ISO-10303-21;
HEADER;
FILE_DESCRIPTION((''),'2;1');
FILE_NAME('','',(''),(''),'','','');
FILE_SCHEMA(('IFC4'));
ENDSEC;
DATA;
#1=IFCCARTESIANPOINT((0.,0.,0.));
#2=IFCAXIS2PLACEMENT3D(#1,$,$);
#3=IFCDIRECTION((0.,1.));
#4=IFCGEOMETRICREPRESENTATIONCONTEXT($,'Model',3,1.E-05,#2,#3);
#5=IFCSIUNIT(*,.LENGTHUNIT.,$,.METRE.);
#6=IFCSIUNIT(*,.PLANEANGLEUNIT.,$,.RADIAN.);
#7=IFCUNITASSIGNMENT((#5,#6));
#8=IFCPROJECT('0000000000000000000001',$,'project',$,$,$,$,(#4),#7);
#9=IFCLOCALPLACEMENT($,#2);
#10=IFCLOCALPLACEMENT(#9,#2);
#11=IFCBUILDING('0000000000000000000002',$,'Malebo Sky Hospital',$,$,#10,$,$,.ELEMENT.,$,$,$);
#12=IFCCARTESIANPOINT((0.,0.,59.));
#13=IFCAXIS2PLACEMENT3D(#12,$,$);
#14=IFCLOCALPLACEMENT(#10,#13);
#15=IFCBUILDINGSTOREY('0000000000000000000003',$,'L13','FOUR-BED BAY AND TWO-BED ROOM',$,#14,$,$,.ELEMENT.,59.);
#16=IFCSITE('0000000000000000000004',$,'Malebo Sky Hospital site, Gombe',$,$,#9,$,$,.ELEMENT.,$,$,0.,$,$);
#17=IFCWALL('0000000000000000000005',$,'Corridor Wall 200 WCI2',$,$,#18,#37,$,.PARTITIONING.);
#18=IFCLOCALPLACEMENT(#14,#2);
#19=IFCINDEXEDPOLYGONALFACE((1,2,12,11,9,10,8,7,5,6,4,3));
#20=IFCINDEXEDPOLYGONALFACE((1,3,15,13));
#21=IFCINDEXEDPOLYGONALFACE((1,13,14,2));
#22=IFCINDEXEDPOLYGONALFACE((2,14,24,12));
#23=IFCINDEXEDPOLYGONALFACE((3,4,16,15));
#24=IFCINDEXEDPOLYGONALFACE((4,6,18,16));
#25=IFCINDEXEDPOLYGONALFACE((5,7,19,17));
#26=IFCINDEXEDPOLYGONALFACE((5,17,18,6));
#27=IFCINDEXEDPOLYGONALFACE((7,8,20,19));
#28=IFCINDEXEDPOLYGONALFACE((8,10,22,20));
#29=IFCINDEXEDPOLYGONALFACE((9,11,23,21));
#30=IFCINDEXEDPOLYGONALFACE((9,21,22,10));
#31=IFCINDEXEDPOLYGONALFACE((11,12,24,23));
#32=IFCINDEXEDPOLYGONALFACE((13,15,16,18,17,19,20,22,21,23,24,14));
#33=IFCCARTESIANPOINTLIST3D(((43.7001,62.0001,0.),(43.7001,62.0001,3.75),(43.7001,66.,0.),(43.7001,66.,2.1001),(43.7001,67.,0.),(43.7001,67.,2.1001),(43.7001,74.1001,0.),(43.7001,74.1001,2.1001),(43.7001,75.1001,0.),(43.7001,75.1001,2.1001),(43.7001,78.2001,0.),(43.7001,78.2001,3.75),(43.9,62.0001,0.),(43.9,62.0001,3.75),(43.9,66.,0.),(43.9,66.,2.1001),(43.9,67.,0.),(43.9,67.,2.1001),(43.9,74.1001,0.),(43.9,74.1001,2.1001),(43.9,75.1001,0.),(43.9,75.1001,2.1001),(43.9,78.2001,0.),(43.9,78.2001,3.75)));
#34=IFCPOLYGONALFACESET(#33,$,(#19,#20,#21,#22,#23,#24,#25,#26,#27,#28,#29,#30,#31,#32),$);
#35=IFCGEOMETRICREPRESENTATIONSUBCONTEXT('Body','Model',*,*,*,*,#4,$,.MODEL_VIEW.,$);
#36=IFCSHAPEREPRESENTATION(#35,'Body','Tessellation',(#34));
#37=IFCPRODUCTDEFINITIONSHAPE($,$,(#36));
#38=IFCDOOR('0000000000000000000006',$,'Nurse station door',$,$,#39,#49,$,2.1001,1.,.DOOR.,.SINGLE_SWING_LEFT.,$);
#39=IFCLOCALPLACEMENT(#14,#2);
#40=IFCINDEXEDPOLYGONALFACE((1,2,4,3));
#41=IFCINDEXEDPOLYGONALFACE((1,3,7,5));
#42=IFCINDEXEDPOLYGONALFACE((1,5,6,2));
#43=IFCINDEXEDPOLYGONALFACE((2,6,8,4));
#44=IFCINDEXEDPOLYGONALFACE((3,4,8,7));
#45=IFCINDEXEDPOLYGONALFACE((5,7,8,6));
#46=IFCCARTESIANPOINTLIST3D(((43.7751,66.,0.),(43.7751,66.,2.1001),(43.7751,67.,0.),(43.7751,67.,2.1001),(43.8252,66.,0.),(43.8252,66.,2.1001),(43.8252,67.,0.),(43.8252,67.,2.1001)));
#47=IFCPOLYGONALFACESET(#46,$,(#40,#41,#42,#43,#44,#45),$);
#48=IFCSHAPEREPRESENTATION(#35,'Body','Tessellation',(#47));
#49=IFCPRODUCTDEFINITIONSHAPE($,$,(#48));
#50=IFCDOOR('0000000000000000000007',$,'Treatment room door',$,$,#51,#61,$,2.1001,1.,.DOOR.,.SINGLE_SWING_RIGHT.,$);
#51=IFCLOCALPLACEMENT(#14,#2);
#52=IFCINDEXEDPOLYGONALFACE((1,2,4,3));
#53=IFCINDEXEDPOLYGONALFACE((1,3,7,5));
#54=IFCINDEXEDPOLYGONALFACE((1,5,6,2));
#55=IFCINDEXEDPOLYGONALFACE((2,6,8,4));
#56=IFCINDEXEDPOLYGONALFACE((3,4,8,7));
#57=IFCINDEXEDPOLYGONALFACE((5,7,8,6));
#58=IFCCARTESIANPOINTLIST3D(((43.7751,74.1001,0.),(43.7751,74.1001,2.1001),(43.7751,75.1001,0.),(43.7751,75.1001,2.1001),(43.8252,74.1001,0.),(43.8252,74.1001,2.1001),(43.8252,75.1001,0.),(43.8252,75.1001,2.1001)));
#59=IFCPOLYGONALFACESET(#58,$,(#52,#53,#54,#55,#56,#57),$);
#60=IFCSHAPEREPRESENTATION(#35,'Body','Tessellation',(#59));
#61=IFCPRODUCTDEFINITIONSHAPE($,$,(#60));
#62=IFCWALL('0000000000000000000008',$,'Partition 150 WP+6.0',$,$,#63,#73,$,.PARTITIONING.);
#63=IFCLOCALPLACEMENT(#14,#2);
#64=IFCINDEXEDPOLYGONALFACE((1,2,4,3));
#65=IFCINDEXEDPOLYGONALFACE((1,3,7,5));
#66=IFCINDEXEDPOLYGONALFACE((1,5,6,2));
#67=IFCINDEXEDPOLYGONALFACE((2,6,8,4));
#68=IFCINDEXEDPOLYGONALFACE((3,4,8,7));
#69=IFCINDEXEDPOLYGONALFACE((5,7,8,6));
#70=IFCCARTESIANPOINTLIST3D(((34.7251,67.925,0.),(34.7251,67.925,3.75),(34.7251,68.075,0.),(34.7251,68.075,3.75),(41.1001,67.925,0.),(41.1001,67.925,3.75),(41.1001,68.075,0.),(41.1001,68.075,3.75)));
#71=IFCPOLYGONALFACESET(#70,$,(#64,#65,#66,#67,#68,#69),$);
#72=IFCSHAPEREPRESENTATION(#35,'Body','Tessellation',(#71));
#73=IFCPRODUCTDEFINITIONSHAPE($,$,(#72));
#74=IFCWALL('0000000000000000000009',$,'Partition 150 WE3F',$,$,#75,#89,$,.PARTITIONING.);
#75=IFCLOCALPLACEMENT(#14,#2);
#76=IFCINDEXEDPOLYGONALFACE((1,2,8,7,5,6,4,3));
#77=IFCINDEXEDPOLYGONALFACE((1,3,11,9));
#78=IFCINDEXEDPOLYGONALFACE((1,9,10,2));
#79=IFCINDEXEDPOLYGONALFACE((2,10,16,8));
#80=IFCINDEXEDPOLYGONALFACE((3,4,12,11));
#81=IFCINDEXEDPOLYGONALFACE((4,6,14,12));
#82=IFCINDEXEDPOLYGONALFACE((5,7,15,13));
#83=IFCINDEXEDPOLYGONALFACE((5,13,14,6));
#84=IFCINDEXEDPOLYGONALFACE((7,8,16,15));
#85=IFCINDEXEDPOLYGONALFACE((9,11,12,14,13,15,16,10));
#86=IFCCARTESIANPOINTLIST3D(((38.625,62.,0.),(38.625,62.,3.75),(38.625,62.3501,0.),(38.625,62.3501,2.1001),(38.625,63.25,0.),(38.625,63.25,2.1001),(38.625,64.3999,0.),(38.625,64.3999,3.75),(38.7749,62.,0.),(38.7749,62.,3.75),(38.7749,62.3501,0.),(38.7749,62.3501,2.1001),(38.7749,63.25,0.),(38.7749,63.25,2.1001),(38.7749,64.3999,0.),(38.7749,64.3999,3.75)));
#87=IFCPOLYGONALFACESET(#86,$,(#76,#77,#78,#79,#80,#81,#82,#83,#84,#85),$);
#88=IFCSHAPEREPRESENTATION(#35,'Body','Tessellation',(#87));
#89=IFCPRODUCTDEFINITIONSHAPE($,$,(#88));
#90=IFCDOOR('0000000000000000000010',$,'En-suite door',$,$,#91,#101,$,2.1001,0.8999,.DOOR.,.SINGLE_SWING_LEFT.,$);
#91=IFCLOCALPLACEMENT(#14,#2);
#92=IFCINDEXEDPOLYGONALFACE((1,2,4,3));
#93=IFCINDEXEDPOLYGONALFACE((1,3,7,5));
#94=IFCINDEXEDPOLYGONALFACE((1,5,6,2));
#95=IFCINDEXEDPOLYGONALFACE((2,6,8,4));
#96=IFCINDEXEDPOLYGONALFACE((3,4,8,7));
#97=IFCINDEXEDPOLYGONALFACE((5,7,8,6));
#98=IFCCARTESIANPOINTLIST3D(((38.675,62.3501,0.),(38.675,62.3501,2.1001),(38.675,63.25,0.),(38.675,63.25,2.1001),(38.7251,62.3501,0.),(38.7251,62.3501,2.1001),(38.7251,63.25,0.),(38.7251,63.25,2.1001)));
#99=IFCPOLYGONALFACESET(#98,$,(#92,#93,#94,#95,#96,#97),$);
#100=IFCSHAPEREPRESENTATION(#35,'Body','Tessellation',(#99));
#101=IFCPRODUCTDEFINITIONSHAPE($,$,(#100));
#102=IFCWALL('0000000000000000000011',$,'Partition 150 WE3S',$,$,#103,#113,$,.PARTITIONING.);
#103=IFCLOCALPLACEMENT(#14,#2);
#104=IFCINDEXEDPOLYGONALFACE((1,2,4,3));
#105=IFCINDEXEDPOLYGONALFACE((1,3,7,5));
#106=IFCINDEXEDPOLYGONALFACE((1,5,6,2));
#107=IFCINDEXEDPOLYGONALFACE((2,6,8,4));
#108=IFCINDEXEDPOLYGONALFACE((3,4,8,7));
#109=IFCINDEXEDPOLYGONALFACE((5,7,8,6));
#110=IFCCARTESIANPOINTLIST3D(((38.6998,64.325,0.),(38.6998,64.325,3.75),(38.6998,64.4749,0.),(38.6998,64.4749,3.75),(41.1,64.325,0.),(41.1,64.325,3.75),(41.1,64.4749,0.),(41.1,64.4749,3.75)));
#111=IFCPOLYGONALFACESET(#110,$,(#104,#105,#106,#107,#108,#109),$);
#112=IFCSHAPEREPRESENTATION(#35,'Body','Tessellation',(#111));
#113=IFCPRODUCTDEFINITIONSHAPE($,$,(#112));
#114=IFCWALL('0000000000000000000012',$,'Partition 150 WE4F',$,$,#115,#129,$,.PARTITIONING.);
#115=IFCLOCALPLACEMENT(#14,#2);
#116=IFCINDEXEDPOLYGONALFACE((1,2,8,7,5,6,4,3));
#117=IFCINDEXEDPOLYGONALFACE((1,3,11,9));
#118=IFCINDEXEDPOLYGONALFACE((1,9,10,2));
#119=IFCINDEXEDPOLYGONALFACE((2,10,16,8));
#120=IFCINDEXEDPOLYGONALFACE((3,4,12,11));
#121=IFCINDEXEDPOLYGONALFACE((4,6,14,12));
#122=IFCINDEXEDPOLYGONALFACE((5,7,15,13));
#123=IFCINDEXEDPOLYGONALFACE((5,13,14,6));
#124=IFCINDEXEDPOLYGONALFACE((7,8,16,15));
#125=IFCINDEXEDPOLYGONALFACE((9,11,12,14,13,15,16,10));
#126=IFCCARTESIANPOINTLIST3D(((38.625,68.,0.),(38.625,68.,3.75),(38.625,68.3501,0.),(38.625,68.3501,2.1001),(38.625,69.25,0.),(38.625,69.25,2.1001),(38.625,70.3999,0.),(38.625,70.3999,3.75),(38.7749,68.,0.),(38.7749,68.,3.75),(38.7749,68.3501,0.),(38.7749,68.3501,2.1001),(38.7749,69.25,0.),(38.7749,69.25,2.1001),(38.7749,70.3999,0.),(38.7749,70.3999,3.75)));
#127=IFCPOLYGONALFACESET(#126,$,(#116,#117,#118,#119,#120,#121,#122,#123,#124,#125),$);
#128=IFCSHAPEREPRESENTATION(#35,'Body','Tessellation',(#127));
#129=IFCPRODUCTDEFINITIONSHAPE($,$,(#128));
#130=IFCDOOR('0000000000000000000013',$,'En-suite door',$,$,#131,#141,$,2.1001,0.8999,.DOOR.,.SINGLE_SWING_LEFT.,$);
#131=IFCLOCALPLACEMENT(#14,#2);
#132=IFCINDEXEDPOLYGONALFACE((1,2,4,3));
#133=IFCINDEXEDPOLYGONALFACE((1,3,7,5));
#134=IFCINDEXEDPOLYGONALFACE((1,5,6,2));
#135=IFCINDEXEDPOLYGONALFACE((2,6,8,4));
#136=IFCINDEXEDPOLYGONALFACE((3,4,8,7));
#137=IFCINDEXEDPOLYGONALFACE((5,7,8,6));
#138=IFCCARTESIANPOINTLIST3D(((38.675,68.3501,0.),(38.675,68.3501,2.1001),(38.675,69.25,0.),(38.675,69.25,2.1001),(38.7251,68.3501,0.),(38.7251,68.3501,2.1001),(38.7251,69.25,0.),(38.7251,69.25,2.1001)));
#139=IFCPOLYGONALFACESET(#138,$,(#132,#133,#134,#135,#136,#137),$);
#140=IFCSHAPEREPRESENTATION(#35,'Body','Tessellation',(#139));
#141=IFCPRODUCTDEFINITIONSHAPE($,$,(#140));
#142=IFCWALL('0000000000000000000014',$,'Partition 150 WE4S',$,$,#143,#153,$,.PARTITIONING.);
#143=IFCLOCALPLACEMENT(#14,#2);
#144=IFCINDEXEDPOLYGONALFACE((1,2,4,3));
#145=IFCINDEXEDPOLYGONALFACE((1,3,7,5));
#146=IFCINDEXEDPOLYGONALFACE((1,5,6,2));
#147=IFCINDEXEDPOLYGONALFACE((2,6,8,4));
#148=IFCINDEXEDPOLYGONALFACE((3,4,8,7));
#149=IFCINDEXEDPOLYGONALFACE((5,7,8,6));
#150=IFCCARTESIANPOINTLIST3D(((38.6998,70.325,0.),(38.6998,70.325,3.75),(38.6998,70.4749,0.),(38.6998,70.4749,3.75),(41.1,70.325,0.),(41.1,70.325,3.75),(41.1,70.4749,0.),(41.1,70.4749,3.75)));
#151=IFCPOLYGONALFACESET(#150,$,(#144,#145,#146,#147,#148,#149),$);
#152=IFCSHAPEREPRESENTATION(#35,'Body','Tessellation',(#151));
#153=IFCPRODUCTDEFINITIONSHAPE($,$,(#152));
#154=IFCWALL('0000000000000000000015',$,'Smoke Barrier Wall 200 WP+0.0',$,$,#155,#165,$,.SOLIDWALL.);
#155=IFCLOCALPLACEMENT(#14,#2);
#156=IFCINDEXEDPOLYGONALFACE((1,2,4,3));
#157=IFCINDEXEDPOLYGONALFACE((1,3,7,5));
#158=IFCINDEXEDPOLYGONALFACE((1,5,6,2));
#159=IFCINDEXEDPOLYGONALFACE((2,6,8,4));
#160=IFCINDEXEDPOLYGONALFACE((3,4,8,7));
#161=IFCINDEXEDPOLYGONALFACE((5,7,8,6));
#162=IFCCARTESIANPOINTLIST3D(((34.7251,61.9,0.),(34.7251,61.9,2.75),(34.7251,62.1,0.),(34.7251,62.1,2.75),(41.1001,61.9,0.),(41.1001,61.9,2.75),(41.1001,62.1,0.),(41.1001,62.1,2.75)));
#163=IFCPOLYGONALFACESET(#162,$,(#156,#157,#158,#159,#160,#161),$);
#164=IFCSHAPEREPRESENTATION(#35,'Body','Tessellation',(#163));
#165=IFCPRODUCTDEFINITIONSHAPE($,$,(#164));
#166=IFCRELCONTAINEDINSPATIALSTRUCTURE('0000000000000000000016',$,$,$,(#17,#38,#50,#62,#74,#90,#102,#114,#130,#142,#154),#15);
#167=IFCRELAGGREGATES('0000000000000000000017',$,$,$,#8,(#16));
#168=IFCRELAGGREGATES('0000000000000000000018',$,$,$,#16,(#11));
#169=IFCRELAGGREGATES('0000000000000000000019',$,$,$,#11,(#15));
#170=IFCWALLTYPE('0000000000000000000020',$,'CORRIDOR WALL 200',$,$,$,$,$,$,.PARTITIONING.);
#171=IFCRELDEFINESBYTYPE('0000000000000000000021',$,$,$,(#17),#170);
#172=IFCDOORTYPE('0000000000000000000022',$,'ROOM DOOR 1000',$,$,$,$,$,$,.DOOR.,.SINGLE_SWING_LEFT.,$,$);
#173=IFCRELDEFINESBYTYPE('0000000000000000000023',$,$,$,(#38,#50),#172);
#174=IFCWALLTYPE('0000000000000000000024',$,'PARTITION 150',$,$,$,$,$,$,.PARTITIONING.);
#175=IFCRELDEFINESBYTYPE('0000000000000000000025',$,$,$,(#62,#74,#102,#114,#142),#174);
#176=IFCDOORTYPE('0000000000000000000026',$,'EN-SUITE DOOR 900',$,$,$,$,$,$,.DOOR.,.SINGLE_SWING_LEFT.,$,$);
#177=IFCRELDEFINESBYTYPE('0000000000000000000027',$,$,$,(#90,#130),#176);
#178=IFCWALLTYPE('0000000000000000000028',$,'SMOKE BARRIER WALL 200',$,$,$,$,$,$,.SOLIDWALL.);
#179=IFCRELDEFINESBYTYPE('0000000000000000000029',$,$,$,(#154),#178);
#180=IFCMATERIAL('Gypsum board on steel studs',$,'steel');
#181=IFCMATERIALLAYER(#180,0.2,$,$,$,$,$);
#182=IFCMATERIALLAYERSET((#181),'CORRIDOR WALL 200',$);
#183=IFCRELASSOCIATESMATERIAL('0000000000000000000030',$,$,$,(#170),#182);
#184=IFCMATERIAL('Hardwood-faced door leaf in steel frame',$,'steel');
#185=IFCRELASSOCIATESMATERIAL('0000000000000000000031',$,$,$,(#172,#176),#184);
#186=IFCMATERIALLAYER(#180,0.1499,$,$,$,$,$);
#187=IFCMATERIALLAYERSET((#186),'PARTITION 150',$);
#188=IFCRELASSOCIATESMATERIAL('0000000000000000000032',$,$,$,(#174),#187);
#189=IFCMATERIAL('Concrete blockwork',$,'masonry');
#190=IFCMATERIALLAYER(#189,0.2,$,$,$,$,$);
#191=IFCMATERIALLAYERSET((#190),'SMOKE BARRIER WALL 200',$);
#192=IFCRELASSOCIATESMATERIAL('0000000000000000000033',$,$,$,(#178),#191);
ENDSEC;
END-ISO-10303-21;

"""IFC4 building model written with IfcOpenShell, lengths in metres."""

from ifc_helpers import new_model, si_unit, direction, frame, frame_2d, origin, place, context, subcontext, project, spatial, rectangle, extrude, material, layer, layer_set, type_object, element, fill, save


model = new_model("IFC4")

# Units and contexts
model_context = context("Model", 3, precision=1e-05, world=origin(), true_north=direction((0.0, 1.0)))
body_context = subcontext(model_context, "Body", "Model", "MODEL_VIEW")
ifc_project = project(units=[si_unit("LENGTHUNIT", "METRE"), si_unit("PLANEANGLEUNIT", "RADIAN")], contexts=[model_context])

# Site, building, storey
site_placement = place(None, origin())
site = spatial("IfcSite", under=ifc_project, at=site_placement, Name="Malebo Sky Hospital site, Gombe", CompositionType="ELEMENT", RefElevation=0.0)
building_placement = place(site_placement, origin())
building = spatial("IfcBuilding", under=site, at=building_placement, Name="Malebo Sky Hospital", CompositionType="ELEMENT")
storey_placement = place(building_placement, frame((0.0, 0.0, 59.0)))
storey = spatial("IfcBuildingStorey", under=building, at=storey_placement, Name="L13", Description="FOUR-BED BAY AND TWO-BED ROOM", CompositionType="ELEMENT", Elevation=59.0)

# Wall, openings, doors
ifc_material_1 = material(Name="Gypsum board on steel studs", Category="steel")
ifc_layer_1 = layer(ifc_material_1, 0.2)
ifc_layer_set_1 = layer_set([ifc_layer_1], Name="CORRIDOR WALL 200")
wall_type_1 = type_object("IfcWallType", Name="CORRIDOR WALL 200", PredefinedType="PARTITIONING", material=ifc_layer_set_1)
wall_1_placement = place(storey_placement, frame((43.8, 62.0, 0.0), z_axis=(0.0, 0.0, 1.0), x_axis=(0.0, 1.0, 0.0)))
wall_1 = element("IfcWall", 1, at=wall_1_placement, inside=storey, type_object=wall_type_1, Name="Corridor Wall 200 WCI2", PredefinedType="PARTITIONING", context=body_context, shape_type="SweptSolid", body=[
    extrude(rectangle(XDim=16.2, YDim=0.2, at=frame_2d((8.1001, 0.0))), origin(), (0.0, 0.0, 1.0), 3.75),
])
opening_1_placement = place(wall_1_placement, frame((4.0, 0.0, 0.0)))
opening_1 = element("IfcOpeningElement", 2, at=opening_1_placement, cuts=wall_1, PredefinedType="OPENING", context=body_context, shape_type="SweptSolid", body=[
    extrude(rectangle(XDim=1.0, YDim=2.1001, at=frame_2d((0.5, 1.05))), frame((0.0, 0.1099, 0.0), z_axis=(0.0, -1.0, 0.0), x_axis=(1.0, 0.0, 0.0)), (0.0, 0.0, 1.0), 0.22),
])
opening_2_placement = place(wall_1_placement, frame((12.1001, 0.0, 0.0)))
opening_2 = element("IfcOpeningElement", 3, at=opening_2_placement, cuts=wall_1, PredefinedType="OPENING", context=body_context, shape_type="SweptSolid", body=[
    extrude(rectangle(XDim=1.0, YDim=2.1001, at=frame_2d((0.5, 1.05))), frame((0.0, 0.1099, 0.0), z_axis=(0.0, -1.0, 0.0), x_axis=(1.0, 0.0, 0.0)), (0.0, 0.0, 1.0), 0.22),
])
ifc_material_2 = material(Name="Hardwood-faced door leaf in steel frame", Category="steel")
door_type_1 = type_object("IfcDoorType", Name="ROOM DOOR 1000", OperationType="SINGLE_SWING_LEFT", PredefinedType="DOOR", material=ifc_material_2)
door_1_placement = place(opening_1_placement, origin())
door_1 = element("IfcDoor", 4, at=door_1_placement, inside=storey, type_object=door_type_1, Name="Nurse station door", OperationType="SINGLE_SWING_LEFT", OverallHeight=2.1001, OverallWidth=1.0, PredefinedType="DOOR", context=body_context, shape_type="SweptSolid", body=[
    extrude(rectangle(XDim=1.0, YDim=2.1001, at=frame_2d((0.5, 1.05))), frame((0.0, 0.0249, 0.0), z_axis=(0.0, -1.0, 0.0), x_axis=(1.0, 0.0, 0.0)), (0.0, 0.0, 1.0), 0.05),
])
fill(opening_1, door_1)
door_2_placement = place(opening_2_placement, origin())
door_2 = element("IfcDoor", 5, at=door_2_placement, inside=storey, type_object=door_type_1, Name="Treatment room door", OperationType="SINGLE_SWING_RIGHT", OverallHeight=2.1001, OverallWidth=1.0, PredefinedType="DOOR", context=body_context, shape_type="SweptSolid", body=[
    extrude(rectangle(XDim=1.0, YDim=2.1001, at=frame_2d((0.5, 1.05))), frame((0.0, 0.0249, 0.0), z_axis=(0.0, -1.0, 0.0), x_axis=(1.0, 0.0, 0.0)), (0.0, 0.0, 1.0), 0.05),
])
fill(opening_2, door_2)

# Wall
ifc_layer_2 = layer(ifc_material_1, 0.1499)
ifc_layer_set_2 = layer_set([ifc_layer_2], Name="PARTITION 150")
wall_type_2 = type_object("IfcWallType", Name="PARTITION 150", PredefinedType="PARTITIONING", material=ifc_layer_set_2)
wall_2_placement = place(storey_placement, frame((41.1001, 68.0, 0.0), z_axis=(0.0, 0.0, 1.0), x_axis=(-1.0, 0.0, 0.0)))
element("IfcWall", 6, at=wall_2_placement, inside=storey, type_object=wall_type_2, Name="Partition 150 WP+6.0", PredefinedType="PARTITIONING", context=body_context, shape_type="SweptSolid", body=[
    extrude(rectangle(XDim=6.375, YDim=0.1499, at=frame_2d((3.1875, 0.0))), origin(), (0.0, 0.0, 1.0), 3.75),
])

# Wall, opening, door
wall_3_placement = place(storey_placement, frame((38.7, 62.0, 0.0), z_axis=(0.0, 0.0, 1.0), x_axis=(0.0, 1.0, 0.0)))
wall_3 = element("IfcWall", 7, at=wall_3_placement, inside=storey, type_object=wall_type_2, Name="Partition 150 WE3F", PredefinedType="PARTITIONING", context=body_context, shape_type="SweptSolid", body=[
    extrude(rectangle(XDim=2.3999, YDim=0.1499, at=frame_2d((1.2, 0.0))), origin(), (0.0, 0.0, 1.0), 3.75),
])
opening_3_placement = place(wall_3_placement, frame((0.3501, 0.0, 0.0)))
opening_3 = element("IfcOpeningElement", 8, at=opening_3_placement, cuts=wall_3, PredefinedType="OPENING", context=body_context, shape_type="SweptSolid", body=[
    extrude(rectangle(XDim=0.8999, YDim=2.1001, at=frame_2d((0.45, 1.05))), frame((0.0, 0.085, 0.0), z_axis=(0.0, -1.0, 0.0), x_axis=(1.0, 0.0, 0.0)), (0.0, 0.0, 1.0), 0.1699),
])
door_type_2 = type_object("IfcDoorType", Name="EN-SUITE DOOR 900", OperationType="SINGLE_SWING_LEFT", PredefinedType="DOOR", material=ifc_material_2)
door_3_placement = place(opening_3_placement, origin())
door_3 = element("IfcDoor", 9, at=door_3_placement, inside=storey, type_object=door_type_2, Name="En-suite door", OperationType="SINGLE_SWING_LEFT", OverallHeight=2.1001, OverallWidth=0.8999, PredefinedType="DOOR", context=body_context, shape_type="SweptSolid", body=[
    extrude(rectangle(XDim=0.8999, YDim=2.1001, at=frame_2d((0.45, 1.05))), frame((0.0, 0.0249, 0.0), z_axis=(0.0, -1.0, 0.0), x_axis=(1.0, 0.0, 0.0)), (0.0, 0.0, 1.0), 0.05),
])
fill(opening_3, door_3)

# Wall
wall_4_placement = place(storey_placement, frame((41.1001, 64.3999, 0.0), z_axis=(0.0, 0.0, 1.0), x_axis=(-1.0, 0.0, 0.0)))
element("IfcWall", 10, at=wall_4_placement, inside=storey, type_object=wall_type_2, Name="Partition 150 WE3S", PredefinedType="PARTITIONING", context=body_context, shape_type="SweptSolid", body=[
    extrude(rectangle(XDim=2.4001, YDim=0.1499, at=frame_2d((1.2002, 0.0))), origin(), (0.0, 0.0, 1.0), 3.75),
])

# Wall, opening, door
wall_5_placement = place(storey_placement, frame((38.7, 68.0, 0.0), z_axis=(0.0, 0.0, 1.0), x_axis=(0.0, 1.0, 0.0)))
wall_5 = element("IfcWall", 11, at=wall_5_placement, inside=storey, type_object=wall_type_2, Name="Partition 150 WE4F", PredefinedType="PARTITIONING", context=body_context, shape_type="SweptSolid", body=[
    extrude(rectangle(XDim=2.3999, YDim=0.1499, at=frame_2d((1.2, 0.0))), origin(), (0.0, 0.0, 1.0), 3.75),
])
opening_4_placement = place(wall_5_placement, frame((0.3501, 0.0, 0.0)))
opening_4 = element("IfcOpeningElement", 12, at=opening_4_placement, cuts=wall_5, PredefinedType="OPENING", context=body_context, shape_type="SweptSolid", body=[
    extrude(rectangle(XDim=0.8999, YDim=2.1001, at=frame_2d((0.45, 1.05))), frame((0.0, 0.085, 0.0), z_axis=(0.0, -1.0, 0.0), x_axis=(1.0, 0.0, 0.0)), (0.0, 0.0, 1.0), 0.1699),
])
door_4_placement = place(opening_4_placement, origin())
door_4 = element("IfcDoor", 13, at=door_4_placement, inside=storey, type_object=door_type_2, Name="En-suite door", OperationType="SINGLE_SWING_LEFT", OverallHeight=2.1001, OverallWidth=0.8999, PredefinedType="DOOR", context=body_context, shape_type="SweptSolid", body=[
    extrude(rectangle(XDim=0.8999, YDim=2.1001, at=frame_2d((0.45, 1.05))), frame((0.0, 0.0249, 0.0), z_axis=(0.0, -1.0, 0.0), x_axis=(1.0, 0.0, 0.0)), (0.0, 0.0, 1.0), 0.05),
])
fill(opening_4, door_4)

# Walls
wall_6_placement = place(storey_placement, frame((41.1001, 70.3999, 0.0), z_axis=(0.0, 0.0, 1.0), x_axis=(-1.0, 0.0, 0.0)))
element("IfcWall", 14, at=wall_6_placement, inside=storey, type_object=wall_type_2, Name="Partition 150 WE4S", PredefinedType="PARTITIONING", context=body_context, shape_type="SweptSolid", body=[
    extrude(rectangle(XDim=2.4001, YDim=0.1499, at=frame_2d((1.2002, 0.0))), origin(), (0.0, 0.0, 1.0), 3.75),
])
ifc_material_3 = material(Name="Concrete blockwork", Category="masonry")
ifc_layer_3 = layer(ifc_material_3, 0.2)
ifc_layer_set_3 = layer_set([ifc_layer_3], Name="SMOKE BARRIER WALL 200")
wall_type_3 = type_object("IfcWallType", Name="SMOKE BARRIER WALL 200", PredefinedType="SOLIDWALL", material=ifc_layer_set_3)
wall_7_placement = place(storey_placement, frame((41.1001, 62.0, 0.0), z_axis=(0.0, 0.0, 1.0), x_axis=(-1.0, 0.0, 0.0)))
element("IfcWall", 15, at=wall_7_placement, inside=storey, type_object=wall_type_3, Name="Smoke Barrier Wall 200 WP+0.0", PredefinedType="SOLIDWALL", context=body_context, shape_type="SweptSolid", body=[
    extrude(rectangle(XDim=6.375, YDim=0.2, at=frame_2d((3.1875, 0.0))), origin(), (0.0, 0.0, 1.0), 2.75),
])

save(model, "model.ifc")
